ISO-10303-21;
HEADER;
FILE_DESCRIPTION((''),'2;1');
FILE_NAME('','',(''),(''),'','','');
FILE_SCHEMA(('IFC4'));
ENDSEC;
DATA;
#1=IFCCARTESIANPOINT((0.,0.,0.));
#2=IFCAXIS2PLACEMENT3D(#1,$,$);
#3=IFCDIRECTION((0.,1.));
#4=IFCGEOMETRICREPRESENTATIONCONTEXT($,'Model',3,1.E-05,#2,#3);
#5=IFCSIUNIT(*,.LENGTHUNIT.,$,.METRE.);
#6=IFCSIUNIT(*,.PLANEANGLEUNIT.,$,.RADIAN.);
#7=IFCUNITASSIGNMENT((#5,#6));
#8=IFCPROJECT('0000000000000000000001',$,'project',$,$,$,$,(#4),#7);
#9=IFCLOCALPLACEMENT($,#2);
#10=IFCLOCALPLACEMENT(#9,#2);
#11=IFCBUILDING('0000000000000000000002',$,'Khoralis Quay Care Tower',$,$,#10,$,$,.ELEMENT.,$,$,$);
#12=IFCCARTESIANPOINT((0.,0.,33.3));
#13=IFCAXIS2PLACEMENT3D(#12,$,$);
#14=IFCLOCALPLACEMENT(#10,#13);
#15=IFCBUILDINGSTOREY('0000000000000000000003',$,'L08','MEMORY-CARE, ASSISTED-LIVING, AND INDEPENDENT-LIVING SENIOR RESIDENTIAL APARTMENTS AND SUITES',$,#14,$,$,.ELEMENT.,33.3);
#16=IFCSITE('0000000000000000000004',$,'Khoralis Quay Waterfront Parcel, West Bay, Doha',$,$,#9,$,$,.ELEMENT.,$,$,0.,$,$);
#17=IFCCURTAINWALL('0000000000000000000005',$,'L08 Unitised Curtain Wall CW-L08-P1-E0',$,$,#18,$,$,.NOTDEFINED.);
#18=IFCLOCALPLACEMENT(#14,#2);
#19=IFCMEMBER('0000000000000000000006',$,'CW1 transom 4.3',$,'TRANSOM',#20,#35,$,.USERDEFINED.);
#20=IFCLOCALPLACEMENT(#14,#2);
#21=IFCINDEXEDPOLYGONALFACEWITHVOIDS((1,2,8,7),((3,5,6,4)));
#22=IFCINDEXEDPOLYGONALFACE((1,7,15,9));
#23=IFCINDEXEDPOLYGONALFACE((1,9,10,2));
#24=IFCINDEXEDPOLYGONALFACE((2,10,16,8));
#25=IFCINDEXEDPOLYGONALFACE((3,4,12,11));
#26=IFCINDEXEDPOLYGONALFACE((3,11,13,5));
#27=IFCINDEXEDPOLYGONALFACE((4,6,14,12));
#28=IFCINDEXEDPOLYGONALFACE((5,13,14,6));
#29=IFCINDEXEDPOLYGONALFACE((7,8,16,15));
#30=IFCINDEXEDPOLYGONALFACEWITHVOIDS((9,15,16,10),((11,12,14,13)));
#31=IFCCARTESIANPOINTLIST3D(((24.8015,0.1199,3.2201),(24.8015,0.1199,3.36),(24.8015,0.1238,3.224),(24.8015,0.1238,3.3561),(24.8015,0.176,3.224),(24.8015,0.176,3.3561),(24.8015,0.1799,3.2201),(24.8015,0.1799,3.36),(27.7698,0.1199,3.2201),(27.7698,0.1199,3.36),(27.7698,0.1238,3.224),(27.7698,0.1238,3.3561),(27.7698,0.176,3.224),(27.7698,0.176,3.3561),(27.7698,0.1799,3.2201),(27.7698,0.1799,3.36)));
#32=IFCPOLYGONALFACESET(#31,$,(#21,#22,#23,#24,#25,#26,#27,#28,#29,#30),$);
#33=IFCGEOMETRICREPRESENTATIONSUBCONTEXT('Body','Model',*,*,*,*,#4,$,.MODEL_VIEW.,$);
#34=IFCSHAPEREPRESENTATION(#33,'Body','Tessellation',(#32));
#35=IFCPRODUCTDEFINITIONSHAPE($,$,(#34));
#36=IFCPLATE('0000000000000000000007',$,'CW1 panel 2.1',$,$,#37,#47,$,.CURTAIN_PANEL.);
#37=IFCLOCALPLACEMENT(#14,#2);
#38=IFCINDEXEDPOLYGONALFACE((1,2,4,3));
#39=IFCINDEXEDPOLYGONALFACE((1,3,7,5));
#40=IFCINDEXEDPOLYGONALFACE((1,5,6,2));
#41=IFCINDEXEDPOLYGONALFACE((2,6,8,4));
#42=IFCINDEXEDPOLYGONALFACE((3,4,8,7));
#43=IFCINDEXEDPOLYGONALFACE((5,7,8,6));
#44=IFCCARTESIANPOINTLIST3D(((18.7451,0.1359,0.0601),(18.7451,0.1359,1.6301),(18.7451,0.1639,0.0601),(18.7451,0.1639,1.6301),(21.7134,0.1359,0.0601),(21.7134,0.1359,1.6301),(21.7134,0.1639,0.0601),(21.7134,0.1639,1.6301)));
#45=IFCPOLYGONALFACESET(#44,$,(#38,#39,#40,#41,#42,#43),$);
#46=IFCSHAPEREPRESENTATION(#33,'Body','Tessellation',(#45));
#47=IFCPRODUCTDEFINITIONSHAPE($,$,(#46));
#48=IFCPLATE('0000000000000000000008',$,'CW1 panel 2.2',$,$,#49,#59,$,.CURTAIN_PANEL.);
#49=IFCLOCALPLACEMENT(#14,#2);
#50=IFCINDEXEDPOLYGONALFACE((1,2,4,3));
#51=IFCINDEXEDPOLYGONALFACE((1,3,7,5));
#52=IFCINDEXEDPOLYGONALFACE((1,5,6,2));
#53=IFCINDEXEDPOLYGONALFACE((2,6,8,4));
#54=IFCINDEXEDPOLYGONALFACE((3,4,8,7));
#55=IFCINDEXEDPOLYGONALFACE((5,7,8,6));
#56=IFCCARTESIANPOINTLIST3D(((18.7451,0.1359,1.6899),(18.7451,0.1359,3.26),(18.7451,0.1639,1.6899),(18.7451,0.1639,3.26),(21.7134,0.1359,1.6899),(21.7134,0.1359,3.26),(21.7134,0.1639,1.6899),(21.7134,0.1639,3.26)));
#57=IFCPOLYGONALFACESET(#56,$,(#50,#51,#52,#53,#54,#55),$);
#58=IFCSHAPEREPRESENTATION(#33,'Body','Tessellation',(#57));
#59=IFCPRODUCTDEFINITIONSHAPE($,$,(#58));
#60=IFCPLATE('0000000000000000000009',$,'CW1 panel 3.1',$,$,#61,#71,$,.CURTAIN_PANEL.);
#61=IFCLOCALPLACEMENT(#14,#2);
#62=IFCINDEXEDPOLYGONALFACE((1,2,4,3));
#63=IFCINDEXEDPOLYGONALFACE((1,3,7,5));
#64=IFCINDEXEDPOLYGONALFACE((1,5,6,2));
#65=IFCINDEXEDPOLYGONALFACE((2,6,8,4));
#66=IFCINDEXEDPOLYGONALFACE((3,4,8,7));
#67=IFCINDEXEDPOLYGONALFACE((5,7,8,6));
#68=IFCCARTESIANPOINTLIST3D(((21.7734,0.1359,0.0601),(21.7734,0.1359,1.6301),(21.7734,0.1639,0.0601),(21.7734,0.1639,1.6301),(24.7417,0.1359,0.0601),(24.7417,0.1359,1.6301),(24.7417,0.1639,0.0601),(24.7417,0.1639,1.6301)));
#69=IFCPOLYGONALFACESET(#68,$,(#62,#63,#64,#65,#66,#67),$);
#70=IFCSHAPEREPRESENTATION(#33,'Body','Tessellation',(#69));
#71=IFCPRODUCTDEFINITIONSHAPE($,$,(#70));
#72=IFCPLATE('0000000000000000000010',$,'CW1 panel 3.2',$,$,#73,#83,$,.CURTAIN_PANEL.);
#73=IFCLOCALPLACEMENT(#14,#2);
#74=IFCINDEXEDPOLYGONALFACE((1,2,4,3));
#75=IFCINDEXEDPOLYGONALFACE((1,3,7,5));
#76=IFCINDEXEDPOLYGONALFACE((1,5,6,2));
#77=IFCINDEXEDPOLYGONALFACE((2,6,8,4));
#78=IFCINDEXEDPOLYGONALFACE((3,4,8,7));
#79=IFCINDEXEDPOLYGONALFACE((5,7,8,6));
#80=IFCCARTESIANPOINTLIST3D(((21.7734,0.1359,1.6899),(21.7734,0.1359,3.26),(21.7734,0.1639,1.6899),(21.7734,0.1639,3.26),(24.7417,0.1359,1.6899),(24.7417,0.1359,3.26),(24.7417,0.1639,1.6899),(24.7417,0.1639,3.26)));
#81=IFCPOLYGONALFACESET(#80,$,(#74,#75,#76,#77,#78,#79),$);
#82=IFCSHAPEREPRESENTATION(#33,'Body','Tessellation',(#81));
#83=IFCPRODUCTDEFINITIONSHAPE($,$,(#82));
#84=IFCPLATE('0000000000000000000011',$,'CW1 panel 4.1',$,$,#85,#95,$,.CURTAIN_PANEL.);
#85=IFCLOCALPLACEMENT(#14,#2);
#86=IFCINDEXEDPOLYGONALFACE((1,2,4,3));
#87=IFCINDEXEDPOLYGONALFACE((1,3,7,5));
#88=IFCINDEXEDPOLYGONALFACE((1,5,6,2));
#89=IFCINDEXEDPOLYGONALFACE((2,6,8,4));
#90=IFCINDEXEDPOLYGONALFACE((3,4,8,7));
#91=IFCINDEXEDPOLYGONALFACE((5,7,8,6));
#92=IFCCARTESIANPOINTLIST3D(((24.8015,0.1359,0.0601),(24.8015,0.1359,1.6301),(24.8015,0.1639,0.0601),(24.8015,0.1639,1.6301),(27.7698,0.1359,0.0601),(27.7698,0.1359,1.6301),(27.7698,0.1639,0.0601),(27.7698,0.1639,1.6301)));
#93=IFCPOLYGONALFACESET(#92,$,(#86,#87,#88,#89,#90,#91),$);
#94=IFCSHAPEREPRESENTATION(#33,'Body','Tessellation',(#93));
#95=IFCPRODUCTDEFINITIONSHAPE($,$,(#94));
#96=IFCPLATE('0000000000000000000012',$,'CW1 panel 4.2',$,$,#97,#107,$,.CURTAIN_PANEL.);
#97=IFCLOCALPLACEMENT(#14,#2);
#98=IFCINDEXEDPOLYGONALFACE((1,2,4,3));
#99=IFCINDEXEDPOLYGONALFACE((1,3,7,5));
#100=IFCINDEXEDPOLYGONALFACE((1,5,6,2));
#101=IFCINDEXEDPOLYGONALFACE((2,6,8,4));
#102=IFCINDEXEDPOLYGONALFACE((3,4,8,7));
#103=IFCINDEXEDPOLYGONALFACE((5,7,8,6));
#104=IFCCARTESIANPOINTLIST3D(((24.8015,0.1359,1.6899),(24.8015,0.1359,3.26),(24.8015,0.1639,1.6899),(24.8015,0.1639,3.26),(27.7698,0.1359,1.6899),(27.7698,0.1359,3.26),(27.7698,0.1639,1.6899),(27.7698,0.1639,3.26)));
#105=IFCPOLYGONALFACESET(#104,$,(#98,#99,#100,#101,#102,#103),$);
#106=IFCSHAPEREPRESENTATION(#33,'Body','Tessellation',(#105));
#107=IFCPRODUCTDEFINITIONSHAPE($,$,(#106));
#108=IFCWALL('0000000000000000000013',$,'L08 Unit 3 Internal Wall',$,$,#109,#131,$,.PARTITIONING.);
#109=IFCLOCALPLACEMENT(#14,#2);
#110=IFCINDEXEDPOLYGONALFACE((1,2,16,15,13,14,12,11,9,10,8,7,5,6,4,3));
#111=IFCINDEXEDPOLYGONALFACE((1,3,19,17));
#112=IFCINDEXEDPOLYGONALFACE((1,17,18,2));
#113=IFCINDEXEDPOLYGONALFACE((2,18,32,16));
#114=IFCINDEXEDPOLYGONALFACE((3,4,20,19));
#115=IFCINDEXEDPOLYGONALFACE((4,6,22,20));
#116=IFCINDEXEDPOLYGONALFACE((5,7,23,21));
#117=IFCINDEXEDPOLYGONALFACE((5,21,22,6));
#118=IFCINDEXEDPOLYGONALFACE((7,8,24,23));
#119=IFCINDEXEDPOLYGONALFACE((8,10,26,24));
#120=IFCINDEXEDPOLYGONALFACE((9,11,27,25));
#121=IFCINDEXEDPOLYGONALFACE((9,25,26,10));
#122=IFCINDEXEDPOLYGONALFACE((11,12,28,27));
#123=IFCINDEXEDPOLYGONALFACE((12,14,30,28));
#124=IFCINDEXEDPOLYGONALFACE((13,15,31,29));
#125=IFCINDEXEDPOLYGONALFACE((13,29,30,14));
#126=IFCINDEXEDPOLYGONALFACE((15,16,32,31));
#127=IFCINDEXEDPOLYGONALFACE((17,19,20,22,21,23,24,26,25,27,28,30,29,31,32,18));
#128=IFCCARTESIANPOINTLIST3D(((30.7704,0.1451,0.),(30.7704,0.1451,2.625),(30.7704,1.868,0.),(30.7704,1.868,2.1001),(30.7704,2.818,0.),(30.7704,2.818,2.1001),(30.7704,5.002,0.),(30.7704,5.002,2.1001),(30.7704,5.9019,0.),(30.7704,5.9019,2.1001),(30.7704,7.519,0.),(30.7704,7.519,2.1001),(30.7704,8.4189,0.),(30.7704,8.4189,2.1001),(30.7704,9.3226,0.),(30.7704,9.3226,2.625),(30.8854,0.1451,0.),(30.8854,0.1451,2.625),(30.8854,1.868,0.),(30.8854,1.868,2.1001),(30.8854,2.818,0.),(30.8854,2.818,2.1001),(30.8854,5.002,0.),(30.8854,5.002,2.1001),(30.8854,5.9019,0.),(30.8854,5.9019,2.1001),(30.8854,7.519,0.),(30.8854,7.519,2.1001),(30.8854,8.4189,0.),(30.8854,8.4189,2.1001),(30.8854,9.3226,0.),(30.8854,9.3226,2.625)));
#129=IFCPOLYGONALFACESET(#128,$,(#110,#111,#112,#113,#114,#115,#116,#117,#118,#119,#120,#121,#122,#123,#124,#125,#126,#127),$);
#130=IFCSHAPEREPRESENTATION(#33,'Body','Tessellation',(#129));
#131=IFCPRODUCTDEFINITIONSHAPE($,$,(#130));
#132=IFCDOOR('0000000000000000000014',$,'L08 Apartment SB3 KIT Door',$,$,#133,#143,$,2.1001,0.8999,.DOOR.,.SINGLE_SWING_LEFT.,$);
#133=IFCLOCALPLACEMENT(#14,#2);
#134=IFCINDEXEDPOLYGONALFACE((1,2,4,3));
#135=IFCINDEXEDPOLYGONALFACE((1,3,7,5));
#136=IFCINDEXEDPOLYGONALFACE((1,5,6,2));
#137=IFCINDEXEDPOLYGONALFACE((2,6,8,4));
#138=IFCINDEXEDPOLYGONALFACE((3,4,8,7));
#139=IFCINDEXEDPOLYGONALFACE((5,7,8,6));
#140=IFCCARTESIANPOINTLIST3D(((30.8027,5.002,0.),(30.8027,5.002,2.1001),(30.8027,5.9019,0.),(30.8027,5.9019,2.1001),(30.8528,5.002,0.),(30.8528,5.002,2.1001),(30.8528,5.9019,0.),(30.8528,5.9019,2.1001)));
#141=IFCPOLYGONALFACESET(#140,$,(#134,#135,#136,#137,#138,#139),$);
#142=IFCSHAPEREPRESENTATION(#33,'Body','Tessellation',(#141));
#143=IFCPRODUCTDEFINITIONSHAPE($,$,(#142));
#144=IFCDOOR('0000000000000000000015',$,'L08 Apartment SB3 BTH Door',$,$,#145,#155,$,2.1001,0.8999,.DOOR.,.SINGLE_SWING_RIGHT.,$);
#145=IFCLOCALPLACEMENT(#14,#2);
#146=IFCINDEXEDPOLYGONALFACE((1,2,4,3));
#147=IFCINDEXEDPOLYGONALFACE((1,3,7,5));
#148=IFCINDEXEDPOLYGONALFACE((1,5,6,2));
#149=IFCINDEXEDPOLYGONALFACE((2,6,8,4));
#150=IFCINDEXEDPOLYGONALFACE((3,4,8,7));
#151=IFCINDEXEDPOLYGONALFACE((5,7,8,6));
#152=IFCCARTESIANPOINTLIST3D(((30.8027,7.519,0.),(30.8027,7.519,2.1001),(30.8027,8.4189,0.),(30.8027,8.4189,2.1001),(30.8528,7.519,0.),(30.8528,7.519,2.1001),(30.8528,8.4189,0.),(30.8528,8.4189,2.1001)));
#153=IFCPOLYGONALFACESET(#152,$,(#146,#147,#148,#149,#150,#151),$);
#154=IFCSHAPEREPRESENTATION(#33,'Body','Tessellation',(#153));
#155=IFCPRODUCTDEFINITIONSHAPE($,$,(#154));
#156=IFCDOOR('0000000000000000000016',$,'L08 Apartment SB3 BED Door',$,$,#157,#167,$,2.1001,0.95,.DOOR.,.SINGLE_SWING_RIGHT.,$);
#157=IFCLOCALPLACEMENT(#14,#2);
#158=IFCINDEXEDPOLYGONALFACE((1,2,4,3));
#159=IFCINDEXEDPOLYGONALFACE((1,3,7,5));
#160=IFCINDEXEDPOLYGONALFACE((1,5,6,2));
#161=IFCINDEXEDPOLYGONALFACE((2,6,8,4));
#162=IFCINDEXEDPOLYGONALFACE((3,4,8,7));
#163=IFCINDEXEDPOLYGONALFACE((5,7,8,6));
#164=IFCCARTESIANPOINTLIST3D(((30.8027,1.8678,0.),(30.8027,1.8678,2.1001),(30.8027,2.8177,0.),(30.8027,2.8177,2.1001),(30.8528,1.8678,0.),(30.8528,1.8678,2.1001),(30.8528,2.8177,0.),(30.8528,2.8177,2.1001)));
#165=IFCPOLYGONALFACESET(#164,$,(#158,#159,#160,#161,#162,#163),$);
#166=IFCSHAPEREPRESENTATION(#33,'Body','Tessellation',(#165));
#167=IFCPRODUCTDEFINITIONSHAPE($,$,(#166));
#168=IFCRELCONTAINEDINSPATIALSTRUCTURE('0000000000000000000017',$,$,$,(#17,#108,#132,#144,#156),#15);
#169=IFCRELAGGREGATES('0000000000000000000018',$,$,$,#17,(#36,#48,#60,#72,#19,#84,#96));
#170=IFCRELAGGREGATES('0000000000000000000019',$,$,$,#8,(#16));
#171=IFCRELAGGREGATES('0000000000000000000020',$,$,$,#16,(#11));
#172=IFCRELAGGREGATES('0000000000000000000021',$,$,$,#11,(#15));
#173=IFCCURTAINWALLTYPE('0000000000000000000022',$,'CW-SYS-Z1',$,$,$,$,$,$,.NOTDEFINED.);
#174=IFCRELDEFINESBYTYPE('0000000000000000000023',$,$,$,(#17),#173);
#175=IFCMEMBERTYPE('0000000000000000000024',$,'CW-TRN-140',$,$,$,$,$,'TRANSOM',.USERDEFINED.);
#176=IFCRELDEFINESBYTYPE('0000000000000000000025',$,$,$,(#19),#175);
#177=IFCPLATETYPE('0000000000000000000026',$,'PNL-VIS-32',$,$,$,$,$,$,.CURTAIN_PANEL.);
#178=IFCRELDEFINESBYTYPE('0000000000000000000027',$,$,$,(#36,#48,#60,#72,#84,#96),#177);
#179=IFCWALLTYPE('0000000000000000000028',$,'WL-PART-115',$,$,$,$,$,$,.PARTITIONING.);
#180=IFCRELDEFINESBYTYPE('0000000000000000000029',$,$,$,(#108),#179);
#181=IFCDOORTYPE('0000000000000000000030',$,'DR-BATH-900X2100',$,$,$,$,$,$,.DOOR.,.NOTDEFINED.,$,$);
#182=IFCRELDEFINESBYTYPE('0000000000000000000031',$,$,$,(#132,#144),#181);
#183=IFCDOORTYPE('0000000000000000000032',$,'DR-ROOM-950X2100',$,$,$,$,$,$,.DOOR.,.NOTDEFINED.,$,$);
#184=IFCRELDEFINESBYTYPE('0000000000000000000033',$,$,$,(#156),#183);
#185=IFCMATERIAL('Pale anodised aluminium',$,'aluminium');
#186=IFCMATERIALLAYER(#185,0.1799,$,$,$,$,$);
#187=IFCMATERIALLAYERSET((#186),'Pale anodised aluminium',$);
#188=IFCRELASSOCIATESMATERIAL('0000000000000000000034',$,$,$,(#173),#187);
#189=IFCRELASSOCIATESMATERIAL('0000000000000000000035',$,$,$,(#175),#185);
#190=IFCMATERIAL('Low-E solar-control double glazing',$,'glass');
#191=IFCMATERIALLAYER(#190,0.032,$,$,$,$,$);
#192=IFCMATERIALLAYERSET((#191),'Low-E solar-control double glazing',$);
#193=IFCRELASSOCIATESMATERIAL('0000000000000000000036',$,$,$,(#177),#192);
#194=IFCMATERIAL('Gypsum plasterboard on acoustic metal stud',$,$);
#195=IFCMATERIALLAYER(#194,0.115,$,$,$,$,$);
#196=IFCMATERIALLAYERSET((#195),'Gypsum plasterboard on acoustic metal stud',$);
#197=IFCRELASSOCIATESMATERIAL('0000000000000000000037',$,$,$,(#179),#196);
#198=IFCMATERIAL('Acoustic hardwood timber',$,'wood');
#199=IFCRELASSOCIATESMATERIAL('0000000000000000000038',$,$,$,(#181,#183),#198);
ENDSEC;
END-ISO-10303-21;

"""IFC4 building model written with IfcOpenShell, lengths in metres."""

from ifc_helpers import new_model, si_unit, direction, frame, frame_2d, origin, origin_2d, place, context, subcontext, project, spatial, rectangle, hollow_rectangle, extrude, source, transform, mapped, material, layer, layer_set, material_profile, profile_set, type_object, element, fill, aggregate, save


model = new_model("IFC4")

# Units and contexts
model_context = context("Model", 3, precision=1e-05, world=origin(), true_north=direction((0.0, 1.0)))
body_context = subcontext(model_context, "Body", "Model", "MODEL_VIEW")
ifc_project = project(units=[si_unit("LENGTHUNIT", "METRE"), si_unit("PLANEANGLEUNIT", "RADIAN")], contexts=[model_context])

# Site, building, storey
site_placement = place(None, origin())
site = spatial("IfcSite", under=ifc_project, at=site_placement, Name="Khoralis Quay Waterfront Parcel, West Bay, Doha", CompositionType="ELEMENT", RefElevation=0.0)
building_placement = place(site_placement, origin())
building = spatial("IfcBuilding", under=site, at=building_placement, Name="Khoralis Quay Care Tower", CompositionType="ELEMENT")
storey_placement = place(building_placement, frame((0.0, 0.0, 33.3)))
storey = spatial("IfcBuildingStorey", under=building, at=storey_placement, Name="L08", Description="MEMORY-CARE, ASSISTED-LIVING, AND INDEPENDENT-LIVING SENIOR RESIDENTIAL APARTMENTS AND SUITES", CompositionType="ELEMENT", Elevation=33.3)

# Curtain wall, member, plates
ifc_material_1 = material(Name="Pale anodised aluminium", Category="aluminium")
ifc_layer_1 = layer(ifc_material_1, 0.1799)
ifc_layer_set_1 = layer_set([ifc_layer_1], Name="Pale anodised aluminium")
curtain_wall_type = type_object("IfcCurtainWallType", Name="CW-SYS-Z1", PredefinedType="NOTDEFINED", material=ifc_layer_set_1)
curtain_wall_placement = place(storey_placement, origin())
curtain_wall = element("IfcCurtainWall", 1, at=curtain_wall_placement, inside=storey, type_object=curtain_wall_type, Name="L08 Unitised Curtain Wall CW-L08-P1-E0", PredefinedType="NOTDEFINED")
ifc_material_profile_1 = material_profile(ifc_material_1, hollow_rectangle(XDim=0.0601, YDim=0.1399, WallThickness=0.0039, at=origin_2d()), Name="Pale anodised aluminium")
ifc_profile_set_1 = profile_set([ifc_material_profile_1], Name="Pale anodised aluminium")
member_type_1 = type_object("IfcMemberType", Name="CW-TRN-140", ElementType="TRANSOM", PredefinedType="USERDEFINED", material=ifc_profile_set_1)
shared_shape_1 = source(origin(), body_context, "Body", "SweptSolid", [
    extrude(hollow_rectangle(XDim=0.0601, YDim=0.1399, WallThickness=0.0039, at=origin_2d()), origin(), (0.0, 0.0, 1.0), 2.9683),
])
member_1_placement = place(storey_placement, frame((24.8015, 0.1499, 3.29), z_axis=(1.0, 0.0, 0.0), x_axis=(0.0, 1.0, 0.0)))
member_1 = element("IfcMember", 2, at=member_1_placement, type_object=member_type_1, Name="CW1 transom 4.3", ObjectType="TRANSOM", PredefinedType="USERDEFINED", context=body_context, shape_type="MappedRepresentation", body=[
    mapped(shared_shape_1, transform((0.0, 0.0, 0.0), scale=1.0)),
])
ifc_material_2 = material(Name="Low-E solar-control double glazing", Category="glass")
ifc_layer_2 = layer(ifc_material_2, 0.032)
ifc_layer_set_2 = layer_set([ifc_layer_2], Name="Low-E solar-control double glazing")
plate_type = type_object("IfcPlateType", Name="PNL-VIS-32", PredefinedType="CURTAIN_PANEL", material=ifc_layer_set_2)
shared_shape_2 = source(origin(), body_context, "Body", "SweptSolid", [
    extrude(rectangle(XDim=2.9683, YDim=0.0281, at=origin_2d()), origin(), (0.0, 0.0, 1.0), 1.5701),
])
plate_1_placement = place(storey_placement, frame((20.2292, 0.1499, 0.0601), z_axis=(0.0, 0.0, 1.0), x_axis=(1.0, 0.0, 0.0)))
plate_1 = element("IfcPlate", 3, at=plate_1_placement, type_object=plate_type, Name="CW1 panel 2.1", PredefinedType="CURTAIN_PANEL", context=body_context, shape_type="MappedRepresentation", body=[
    mapped(shared_shape_2, transform((0.0, 0.0, 0.0), scale=1.0)),
])
plate_2_placement = place(storey_placement, frame((20.2292, 0.1499, 1.6899), z_axis=(0.0, 0.0, 1.0), x_axis=(1.0, 0.0, 0.0)))
plate_2 = element("IfcPlate", 4, at=plate_2_placement, type_object=plate_type, Name="CW1 panel 2.2", PredefinedType="CURTAIN_PANEL", context=body_context, shape_type="MappedRepresentation", body=[
    mapped(shared_shape_2, transform((0.0, 0.0, 0.0), scale=1.0)),
])
plate_3_placement = place(storey_placement, frame((23.2576, 0.1499, 0.0601), z_axis=(0.0, 0.0, 1.0), x_axis=(1.0, 0.0, 0.0)))
plate_3 = element("IfcPlate", 5, at=plate_3_placement, type_object=plate_type, Name="CW1 panel 3.1", PredefinedType="CURTAIN_PANEL", context=body_context, shape_type="MappedRepresentation", body=[
    mapped(shared_shape_2, transform((0.0, 0.0, 0.0), scale=1.0)),
])
plate_4_placement = place(storey_placement, frame((23.2576, 0.1499, 1.6899), z_axis=(0.0, 0.0, 1.0), x_axis=(1.0, 0.0, 0.0)))
plate_4 = element("IfcPlate", 6, at=plate_4_placement, type_object=plate_type, Name="CW1 panel 3.2", PredefinedType="CURTAIN_PANEL", context=body_context, shape_type="MappedRepresentation", body=[
    mapped(shared_shape_2, transform((0.0, 0.0, 0.0), scale=1.0)),
])
plate_5_placement = place(storey_placement, frame((26.2856, 0.1499, 0.0601), z_axis=(0.0, 0.0, 1.0), x_axis=(1.0, 0.0, 0.0)))
plate_5 = element("IfcPlate", 7, at=plate_5_placement, type_object=plate_type, Name="CW1 panel 4.1", PredefinedType="CURTAIN_PANEL", context=body_context, shape_type="MappedRepresentation", body=[
    mapped(shared_shape_2, transform((0.0, 0.0, 0.0), scale=1.0)),
])
plate_6_placement = place(storey_placement, frame((26.2856, 0.1499, 1.6899), z_axis=(0.0, 0.0, 1.0), x_axis=(1.0, 0.0, 0.0)))
plate_6 = element("IfcPlate", 8, at=plate_6_placement, type_object=plate_type, Name="CW1 panel 4.2", PredefinedType="CURTAIN_PANEL", context=body_context, shape_type="MappedRepresentation", body=[
    mapped(shared_shape_2, transform((0.0, 0.0, 0.0), scale=1.0)),
])
aggregate(curtain_wall, [plate_1, plate_2, plate_3, plate_4, member_1, plate_5, plate_6])

# Wall, openings, doors
ifc_material_3 = material(Name="Gypsum plasterboard on acoustic metal stud")
ifc_layer_3 = layer(ifc_material_3, 0.115)
ifc_layer_set_3 = layer_set([ifc_layer_3], Name="Gypsum plasterboard on acoustic metal stud")
wall_type_1 = type_object("IfcWallType", Name="WL-PART-115", PredefinedType="PARTITIONING", material=ifc_layer_set_3)
wall_placement = place(storey_placement, frame((30.8279, 0.145, 0.0), z_axis=(0.0, 0.0, 1.0), x_axis=(0.0, 1.0, 0.0)))
wall = element("IfcWall", 9, at=wall_placement, inside=storey, type_object=wall_type_1, Name="L08 Unit 3 Internal Wall", PredefinedType="PARTITIONING", context=body_context, shape_type="SweptSolid", body=[
    extrude(rectangle(XDim=9.1775, YDim=0.115, at=frame_2d((4.5889, 0.0))), origin(), (0.0, 0.0, 1.0), 2.625),
])
opening_1_placement = place(wall_placement, frame((1.7229, 0.0, 0.0)))
opening_1 = element("IfcOpeningElement", 10, at=opening_1_placement, cuts=wall, PredefinedType="OPENING", context=body_context, shape_type="SweptSolid", body=[
    extrude(rectangle(XDim=0.95, YDim=2.1001, at=frame_2d((0.4751, 1.05))), frame((0.0, 0.0674, 0.0), z_axis=(0.0, -1.0, 0.0), x_axis=(1.0, 0.0, 0.0)), (0.0, 0.0, 1.0), 0.135),
])
opening_2_placement = place(wall_placement, frame((4.8569, 0.0, 0.0)))
opening_2 = element("IfcOpeningElement", 11, at=opening_2_placement, cuts=wall, PredefinedType="OPENING", context=body_context, shape_type="SweptSolid", body=[
    extrude(rectangle(XDim=0.8999, YDim=2.1001, at=frame_2d((0.45, 1.05))), frame((0.0, 0.0674, 0.0), z_axis=(0.0, -1.0, 0.0), x_axis=(1.0, 0.0, 0.0)), (0.0, 0.0, 1.0), 0.135),
])
opening_3_placement = place(wall_placement, frame((7.374, 0.0, 0.0)))
opening_3 = element("IfcOpeningElement", 12, at=opening_3_placement, cuts=wall, PredefinedType="OPENING", context=body_context, shape_type="SweptSolid", body=[
    extrude(rectangle(XDim=0.8999, YDim=2.1001, at=frame_2d((0.45, 1.05))), frame((0.0, 0.0674, 0.0), z_axis=(0.0, -1.0, 0.0), x_axis=(1.0, 0.0, 0.0)), (0.0, 0.0, 1.0), 0.135),
])
ifc_material_4 = material(Name="Acoustic hardwood timber", Category="wood")
door_type_1 = type_object("IfcDoorType", Name="DR-BATH-900X2100", OperationType="NOTDEFINED", PredefinedType="DOOR", material=ifc_material_4)
shared_shape_3 = source(origin(), body_context, "Body", "SweptSolid", [
    extrude(rectangle(XDim=0.8999, YDim=2.1001, at=frame_2d((0.45, 1.05))), frame((0.0, 0.0249, 0.0), z_axis=(0.0, -1.0, 0.0), x_axis=(1.0, 0.0, 0.0)), (0.0, 0.0, 1.0), 0.05),
])
door_1_placement = place(opening_2_placement, frame((0.8999, 0.0, 0.0), z_axis=(0.0, 0.0, 1.0), x_axis=(-1.0, 0.0, 0.0)))
door_1 = element("IfcDoor", 13, at=door_1_placement, inside=storey, type_object=door_type_1, Name="L08 Apartment SB3 KIT Door", OperationType="SINGLE_SWING_LEFT", OverallHeight=2.1001, OverallWidth=0.8999, PredefinedType="DOOR", context=body_context, shape_type="MappedRepresentation", body=[
    mapped(shared_shape_3, transform((0.0, 0.0, 0.0), scale=1.0)),
])
fill(opening_2, door_1)
door_2_placement = place(opening_3_placement, frame((0.8999, 0.0, 0.0), z_axis=(0.0, 0.0, 1.0), x_axis=(-1.0, 0.0, 0.0)))
door_2 = element("IfcDoor", 14, at=door_2_placement, inside=storey, type_object=door_type_1, Name="L08 Apartment SB3 BTH Door", OperationType="SINGLE_SWING_RIGHT", OverallHeight=2.1001, OverallWidth=0.8999, PredefinedType="DOOR", context=body_context, shape_type="MappedRepresentation", body=[
    mapped(shared_shape_3, transform((0.0, 0.0, 0.0), scale=1.0)),
])
fill(opening_3, door_2)
door_type_2 = type_object("IfcDoorType", Name="DR-ROOM-950X2100", OperationType="NOTDEFINED", PredefinedType="DOOR", material=ifc_material_4)
shared_shape_4 = source(origin(), body_context, "Body", "SweptSolid", [
    extrude(rectangle(XDim=0.95, YDim=2.1001, at=frame_2d((0.4751, 1.05))), frame((0.0, 0.0249, 0.0), z_axis=(0.0, -1.0, 0.0), x_axis=(1.0, 0.0, 0.0)), (0.0, 0.0, 1.0), 0.05),
])
door_3_placement = place(opening_1_placement, frame((0.95, 0.0, 0.0), z_axis=(0.0, 0.0, 1.0), x_axis=(-1.0, 0.0, 0.0)))
door_3 = element("IfcDoor", 15, at=door_3_placement, inside=storey, type_object=door_type_2, Name="L08 Apartment SB3 BED Door", OperationType="SINGLE_SWING_RIGHT", OverallHeight=2.1001, OverallWidth=0.95, PredefinedType="DOOR", context=body_context, shape_type="MappedRepresentation", body=[
    mapped(shared_shape_4, transform((0.0, 0.0, 0.0), scale=1.0)),
])
fill(opening_1, door_3)

save(model, "model.ifc")
